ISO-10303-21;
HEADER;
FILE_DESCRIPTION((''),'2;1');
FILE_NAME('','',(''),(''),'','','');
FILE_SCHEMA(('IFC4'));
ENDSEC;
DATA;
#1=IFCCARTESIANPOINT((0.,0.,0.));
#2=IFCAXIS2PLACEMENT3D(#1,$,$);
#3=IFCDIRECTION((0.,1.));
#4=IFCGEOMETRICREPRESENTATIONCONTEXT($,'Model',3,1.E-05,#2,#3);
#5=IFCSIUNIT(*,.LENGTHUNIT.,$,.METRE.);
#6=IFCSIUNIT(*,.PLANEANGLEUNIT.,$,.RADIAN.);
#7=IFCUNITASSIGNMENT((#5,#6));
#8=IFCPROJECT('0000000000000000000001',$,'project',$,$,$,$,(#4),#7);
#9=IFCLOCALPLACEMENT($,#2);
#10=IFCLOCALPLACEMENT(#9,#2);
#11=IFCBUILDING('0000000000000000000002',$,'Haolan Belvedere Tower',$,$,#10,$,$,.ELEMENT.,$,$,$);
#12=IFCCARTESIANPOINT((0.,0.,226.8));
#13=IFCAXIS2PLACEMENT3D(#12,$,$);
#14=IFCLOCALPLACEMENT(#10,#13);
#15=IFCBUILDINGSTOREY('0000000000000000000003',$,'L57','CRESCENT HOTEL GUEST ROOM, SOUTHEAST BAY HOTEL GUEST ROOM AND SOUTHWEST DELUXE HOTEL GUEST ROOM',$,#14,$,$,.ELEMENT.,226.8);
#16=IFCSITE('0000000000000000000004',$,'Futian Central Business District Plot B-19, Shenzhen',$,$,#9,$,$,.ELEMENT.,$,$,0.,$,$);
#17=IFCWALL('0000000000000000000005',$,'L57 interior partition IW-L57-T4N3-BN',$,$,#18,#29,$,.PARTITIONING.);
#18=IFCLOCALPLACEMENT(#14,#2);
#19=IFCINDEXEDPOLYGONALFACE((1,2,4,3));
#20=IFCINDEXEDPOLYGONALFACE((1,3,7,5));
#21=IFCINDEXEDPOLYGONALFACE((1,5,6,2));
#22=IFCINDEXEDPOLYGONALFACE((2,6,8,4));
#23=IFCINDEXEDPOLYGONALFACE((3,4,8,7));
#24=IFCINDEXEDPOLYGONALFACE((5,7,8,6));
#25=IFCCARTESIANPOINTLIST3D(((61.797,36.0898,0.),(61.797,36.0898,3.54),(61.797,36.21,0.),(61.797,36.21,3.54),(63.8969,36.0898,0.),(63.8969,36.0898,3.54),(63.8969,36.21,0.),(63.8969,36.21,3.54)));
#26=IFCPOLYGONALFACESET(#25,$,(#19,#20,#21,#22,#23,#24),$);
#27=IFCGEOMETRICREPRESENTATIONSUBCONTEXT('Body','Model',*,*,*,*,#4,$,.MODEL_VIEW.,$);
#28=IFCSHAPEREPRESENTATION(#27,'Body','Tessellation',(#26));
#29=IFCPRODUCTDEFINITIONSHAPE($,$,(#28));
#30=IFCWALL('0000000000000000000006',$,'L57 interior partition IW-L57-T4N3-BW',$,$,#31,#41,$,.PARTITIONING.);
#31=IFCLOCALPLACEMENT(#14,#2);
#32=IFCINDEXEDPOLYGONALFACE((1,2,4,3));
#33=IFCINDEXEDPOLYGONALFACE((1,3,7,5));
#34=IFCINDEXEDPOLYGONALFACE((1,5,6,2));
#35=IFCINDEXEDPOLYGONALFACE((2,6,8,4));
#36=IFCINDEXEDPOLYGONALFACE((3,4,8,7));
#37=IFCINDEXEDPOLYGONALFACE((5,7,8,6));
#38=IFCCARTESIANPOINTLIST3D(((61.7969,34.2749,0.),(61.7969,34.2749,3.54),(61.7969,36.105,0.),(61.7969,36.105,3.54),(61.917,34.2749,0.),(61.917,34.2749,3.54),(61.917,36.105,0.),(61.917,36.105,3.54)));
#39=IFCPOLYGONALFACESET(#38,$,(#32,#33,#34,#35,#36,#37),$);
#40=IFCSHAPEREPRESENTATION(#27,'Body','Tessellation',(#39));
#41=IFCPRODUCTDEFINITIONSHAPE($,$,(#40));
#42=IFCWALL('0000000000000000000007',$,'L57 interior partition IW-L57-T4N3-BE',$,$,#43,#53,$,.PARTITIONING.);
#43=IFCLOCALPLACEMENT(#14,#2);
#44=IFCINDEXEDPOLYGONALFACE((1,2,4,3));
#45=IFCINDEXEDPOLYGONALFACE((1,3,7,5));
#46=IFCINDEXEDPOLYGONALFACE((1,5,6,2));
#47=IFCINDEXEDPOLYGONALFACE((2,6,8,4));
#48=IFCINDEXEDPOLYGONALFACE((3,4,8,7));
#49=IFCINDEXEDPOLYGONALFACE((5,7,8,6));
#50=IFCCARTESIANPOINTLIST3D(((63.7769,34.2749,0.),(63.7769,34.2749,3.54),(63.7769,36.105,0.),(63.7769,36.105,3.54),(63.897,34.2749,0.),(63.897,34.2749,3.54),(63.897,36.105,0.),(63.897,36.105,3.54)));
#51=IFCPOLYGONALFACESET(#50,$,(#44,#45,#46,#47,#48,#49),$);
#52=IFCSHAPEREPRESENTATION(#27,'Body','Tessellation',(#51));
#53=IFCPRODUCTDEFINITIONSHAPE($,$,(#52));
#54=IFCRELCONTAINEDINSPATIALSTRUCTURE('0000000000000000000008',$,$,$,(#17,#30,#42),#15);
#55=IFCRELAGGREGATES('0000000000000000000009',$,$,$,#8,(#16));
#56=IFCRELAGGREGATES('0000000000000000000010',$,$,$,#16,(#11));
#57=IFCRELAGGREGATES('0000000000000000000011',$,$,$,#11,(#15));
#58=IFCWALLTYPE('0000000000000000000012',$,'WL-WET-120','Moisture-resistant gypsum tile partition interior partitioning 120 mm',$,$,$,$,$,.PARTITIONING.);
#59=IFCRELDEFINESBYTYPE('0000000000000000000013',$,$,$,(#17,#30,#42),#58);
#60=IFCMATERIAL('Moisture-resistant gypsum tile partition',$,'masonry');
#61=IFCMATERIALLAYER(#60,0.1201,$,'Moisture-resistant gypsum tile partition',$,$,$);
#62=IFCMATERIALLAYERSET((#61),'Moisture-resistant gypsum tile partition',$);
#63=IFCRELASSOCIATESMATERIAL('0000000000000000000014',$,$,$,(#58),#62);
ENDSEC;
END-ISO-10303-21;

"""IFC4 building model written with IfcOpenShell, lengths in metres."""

from ifc_helpers import new_model, si_unit, direction, frame, frame_2d, origin, place, context, subcontext, project, spatial, rectangle, extrude, material, layer, layer_set, type_object, element, save


model = new_model("IFC4")

# Units and contexts
model_context = context("Model", 3, precision=1e-05, world=origin(), true_north=direction((0.0, 1.0)))
body_context = subcontext(model_context, "Body", "Model", "MODEL_VIEW")
ifc_project = project(units=[si_unit("LENGTHUNIT", "METRE"), si_unit("PLANEANGLEUNIT", "RADIAN")], contexts=[model_context])

# Site, building, storey
site_placement = place(None, origin())
site = spatial("IfcSite", under=ifc_project, at=site_placement, Name="Futian Central Business District Plot B-19, Shenzhen", CompositionType="ELEMENT", RefElevation=0.0)
building_placement = place(site_placement, origin())
building = spatial("IfcBuilding", under=site, at=building_placement, Name="Haolan Belvedere Tower", CompositionType="ELEMENT")
storey_placement = place(building_placement, frame((0.0, 0.0, 226.8)))
storey = spatial("IfcBuildingStorey", under=building, at=storey_placement, Name="L57", Description="CRESCENT HOTEL GUEST ROOM, SOUTHEAST BAY HOTEL GUEST ROOM AND SOUTHWEST DELUXE HOTEL GUEST ROOM", CompositionType="ELEMENT", Elevation=226.8)

# Shared definitions
ifc_material_1 = material(Name="Moisture-resistant gypsum tile partition", Category="masonry")
ifc_layer_1 = layer(ifc_material_1, 0.1201, Name="Moisture-resistant gypsum tile partition")
ifc_layer_set_1 = layer_set([ifc_layer_1], Name="Moisture-resistant gypsum tile partition")
wall_type_1 = type_object("IfcWallType", Name="WL-WET-120", Description="Moisture-resistant gypsum tile partition interior partitioning 120 mm", PredefinedType="PARTITIONING", material=ifc_layer_set_1)

# Walls
wall_1_placement = place(storey_placement, frame((61.7971, 36.1499, 0.0), z_axis=(0.0, 0.0, 1.0), x_axis=(1.0, 0.0, 0.0)))
element("IfcWall", 1, at=wall_1_placement, inside=storey, type_object=wall_type_1, Name="L57 interior partition IW-L57-T4N3-BN", PredefinedType="PARTITIONING", context=body_context, shape_type="SweptSolid", body=[
    extrude(rectangle(XDim=2.0999, YDim=0.1201, at=frame_2d((1.0498, 0.0))), origin(), (0.0, 0.0, 1.0), 3.54),
])
for number, where, z_axis, x_axis, name in (
    (2, (61.8569, 34.2749, 0.0), (0.0, 0.0, 1.0), (0.0, 1.0, 0.0), "L57 interior partition IW-L57-T4N3-BW"),
    (3, (63.8369, 34.2749, 0.0), (0.0, 0.0, 1.0), (0.0, 1.0, 0.0), "L57 interior partition IW-L57-T4N3-BE"),
):
    element("IfcWall", number, at=place(storey_placement, frame(where, z_axis=z_axis, x_axis=x_axis)), inside=storey, type_object=wall_type_1, Name=name, PredefinedType="PARTITIONING", context=body_context, shape_type="SweptSolid", body=[
        extrude(rectangle(XDim=1.8301, YDim=0.1201, at=frame_2d((0.915, 0.0))), origin(), (0.0, 0.0, 1.0), 3.54),
    ])

save(model, "model.ifc")
